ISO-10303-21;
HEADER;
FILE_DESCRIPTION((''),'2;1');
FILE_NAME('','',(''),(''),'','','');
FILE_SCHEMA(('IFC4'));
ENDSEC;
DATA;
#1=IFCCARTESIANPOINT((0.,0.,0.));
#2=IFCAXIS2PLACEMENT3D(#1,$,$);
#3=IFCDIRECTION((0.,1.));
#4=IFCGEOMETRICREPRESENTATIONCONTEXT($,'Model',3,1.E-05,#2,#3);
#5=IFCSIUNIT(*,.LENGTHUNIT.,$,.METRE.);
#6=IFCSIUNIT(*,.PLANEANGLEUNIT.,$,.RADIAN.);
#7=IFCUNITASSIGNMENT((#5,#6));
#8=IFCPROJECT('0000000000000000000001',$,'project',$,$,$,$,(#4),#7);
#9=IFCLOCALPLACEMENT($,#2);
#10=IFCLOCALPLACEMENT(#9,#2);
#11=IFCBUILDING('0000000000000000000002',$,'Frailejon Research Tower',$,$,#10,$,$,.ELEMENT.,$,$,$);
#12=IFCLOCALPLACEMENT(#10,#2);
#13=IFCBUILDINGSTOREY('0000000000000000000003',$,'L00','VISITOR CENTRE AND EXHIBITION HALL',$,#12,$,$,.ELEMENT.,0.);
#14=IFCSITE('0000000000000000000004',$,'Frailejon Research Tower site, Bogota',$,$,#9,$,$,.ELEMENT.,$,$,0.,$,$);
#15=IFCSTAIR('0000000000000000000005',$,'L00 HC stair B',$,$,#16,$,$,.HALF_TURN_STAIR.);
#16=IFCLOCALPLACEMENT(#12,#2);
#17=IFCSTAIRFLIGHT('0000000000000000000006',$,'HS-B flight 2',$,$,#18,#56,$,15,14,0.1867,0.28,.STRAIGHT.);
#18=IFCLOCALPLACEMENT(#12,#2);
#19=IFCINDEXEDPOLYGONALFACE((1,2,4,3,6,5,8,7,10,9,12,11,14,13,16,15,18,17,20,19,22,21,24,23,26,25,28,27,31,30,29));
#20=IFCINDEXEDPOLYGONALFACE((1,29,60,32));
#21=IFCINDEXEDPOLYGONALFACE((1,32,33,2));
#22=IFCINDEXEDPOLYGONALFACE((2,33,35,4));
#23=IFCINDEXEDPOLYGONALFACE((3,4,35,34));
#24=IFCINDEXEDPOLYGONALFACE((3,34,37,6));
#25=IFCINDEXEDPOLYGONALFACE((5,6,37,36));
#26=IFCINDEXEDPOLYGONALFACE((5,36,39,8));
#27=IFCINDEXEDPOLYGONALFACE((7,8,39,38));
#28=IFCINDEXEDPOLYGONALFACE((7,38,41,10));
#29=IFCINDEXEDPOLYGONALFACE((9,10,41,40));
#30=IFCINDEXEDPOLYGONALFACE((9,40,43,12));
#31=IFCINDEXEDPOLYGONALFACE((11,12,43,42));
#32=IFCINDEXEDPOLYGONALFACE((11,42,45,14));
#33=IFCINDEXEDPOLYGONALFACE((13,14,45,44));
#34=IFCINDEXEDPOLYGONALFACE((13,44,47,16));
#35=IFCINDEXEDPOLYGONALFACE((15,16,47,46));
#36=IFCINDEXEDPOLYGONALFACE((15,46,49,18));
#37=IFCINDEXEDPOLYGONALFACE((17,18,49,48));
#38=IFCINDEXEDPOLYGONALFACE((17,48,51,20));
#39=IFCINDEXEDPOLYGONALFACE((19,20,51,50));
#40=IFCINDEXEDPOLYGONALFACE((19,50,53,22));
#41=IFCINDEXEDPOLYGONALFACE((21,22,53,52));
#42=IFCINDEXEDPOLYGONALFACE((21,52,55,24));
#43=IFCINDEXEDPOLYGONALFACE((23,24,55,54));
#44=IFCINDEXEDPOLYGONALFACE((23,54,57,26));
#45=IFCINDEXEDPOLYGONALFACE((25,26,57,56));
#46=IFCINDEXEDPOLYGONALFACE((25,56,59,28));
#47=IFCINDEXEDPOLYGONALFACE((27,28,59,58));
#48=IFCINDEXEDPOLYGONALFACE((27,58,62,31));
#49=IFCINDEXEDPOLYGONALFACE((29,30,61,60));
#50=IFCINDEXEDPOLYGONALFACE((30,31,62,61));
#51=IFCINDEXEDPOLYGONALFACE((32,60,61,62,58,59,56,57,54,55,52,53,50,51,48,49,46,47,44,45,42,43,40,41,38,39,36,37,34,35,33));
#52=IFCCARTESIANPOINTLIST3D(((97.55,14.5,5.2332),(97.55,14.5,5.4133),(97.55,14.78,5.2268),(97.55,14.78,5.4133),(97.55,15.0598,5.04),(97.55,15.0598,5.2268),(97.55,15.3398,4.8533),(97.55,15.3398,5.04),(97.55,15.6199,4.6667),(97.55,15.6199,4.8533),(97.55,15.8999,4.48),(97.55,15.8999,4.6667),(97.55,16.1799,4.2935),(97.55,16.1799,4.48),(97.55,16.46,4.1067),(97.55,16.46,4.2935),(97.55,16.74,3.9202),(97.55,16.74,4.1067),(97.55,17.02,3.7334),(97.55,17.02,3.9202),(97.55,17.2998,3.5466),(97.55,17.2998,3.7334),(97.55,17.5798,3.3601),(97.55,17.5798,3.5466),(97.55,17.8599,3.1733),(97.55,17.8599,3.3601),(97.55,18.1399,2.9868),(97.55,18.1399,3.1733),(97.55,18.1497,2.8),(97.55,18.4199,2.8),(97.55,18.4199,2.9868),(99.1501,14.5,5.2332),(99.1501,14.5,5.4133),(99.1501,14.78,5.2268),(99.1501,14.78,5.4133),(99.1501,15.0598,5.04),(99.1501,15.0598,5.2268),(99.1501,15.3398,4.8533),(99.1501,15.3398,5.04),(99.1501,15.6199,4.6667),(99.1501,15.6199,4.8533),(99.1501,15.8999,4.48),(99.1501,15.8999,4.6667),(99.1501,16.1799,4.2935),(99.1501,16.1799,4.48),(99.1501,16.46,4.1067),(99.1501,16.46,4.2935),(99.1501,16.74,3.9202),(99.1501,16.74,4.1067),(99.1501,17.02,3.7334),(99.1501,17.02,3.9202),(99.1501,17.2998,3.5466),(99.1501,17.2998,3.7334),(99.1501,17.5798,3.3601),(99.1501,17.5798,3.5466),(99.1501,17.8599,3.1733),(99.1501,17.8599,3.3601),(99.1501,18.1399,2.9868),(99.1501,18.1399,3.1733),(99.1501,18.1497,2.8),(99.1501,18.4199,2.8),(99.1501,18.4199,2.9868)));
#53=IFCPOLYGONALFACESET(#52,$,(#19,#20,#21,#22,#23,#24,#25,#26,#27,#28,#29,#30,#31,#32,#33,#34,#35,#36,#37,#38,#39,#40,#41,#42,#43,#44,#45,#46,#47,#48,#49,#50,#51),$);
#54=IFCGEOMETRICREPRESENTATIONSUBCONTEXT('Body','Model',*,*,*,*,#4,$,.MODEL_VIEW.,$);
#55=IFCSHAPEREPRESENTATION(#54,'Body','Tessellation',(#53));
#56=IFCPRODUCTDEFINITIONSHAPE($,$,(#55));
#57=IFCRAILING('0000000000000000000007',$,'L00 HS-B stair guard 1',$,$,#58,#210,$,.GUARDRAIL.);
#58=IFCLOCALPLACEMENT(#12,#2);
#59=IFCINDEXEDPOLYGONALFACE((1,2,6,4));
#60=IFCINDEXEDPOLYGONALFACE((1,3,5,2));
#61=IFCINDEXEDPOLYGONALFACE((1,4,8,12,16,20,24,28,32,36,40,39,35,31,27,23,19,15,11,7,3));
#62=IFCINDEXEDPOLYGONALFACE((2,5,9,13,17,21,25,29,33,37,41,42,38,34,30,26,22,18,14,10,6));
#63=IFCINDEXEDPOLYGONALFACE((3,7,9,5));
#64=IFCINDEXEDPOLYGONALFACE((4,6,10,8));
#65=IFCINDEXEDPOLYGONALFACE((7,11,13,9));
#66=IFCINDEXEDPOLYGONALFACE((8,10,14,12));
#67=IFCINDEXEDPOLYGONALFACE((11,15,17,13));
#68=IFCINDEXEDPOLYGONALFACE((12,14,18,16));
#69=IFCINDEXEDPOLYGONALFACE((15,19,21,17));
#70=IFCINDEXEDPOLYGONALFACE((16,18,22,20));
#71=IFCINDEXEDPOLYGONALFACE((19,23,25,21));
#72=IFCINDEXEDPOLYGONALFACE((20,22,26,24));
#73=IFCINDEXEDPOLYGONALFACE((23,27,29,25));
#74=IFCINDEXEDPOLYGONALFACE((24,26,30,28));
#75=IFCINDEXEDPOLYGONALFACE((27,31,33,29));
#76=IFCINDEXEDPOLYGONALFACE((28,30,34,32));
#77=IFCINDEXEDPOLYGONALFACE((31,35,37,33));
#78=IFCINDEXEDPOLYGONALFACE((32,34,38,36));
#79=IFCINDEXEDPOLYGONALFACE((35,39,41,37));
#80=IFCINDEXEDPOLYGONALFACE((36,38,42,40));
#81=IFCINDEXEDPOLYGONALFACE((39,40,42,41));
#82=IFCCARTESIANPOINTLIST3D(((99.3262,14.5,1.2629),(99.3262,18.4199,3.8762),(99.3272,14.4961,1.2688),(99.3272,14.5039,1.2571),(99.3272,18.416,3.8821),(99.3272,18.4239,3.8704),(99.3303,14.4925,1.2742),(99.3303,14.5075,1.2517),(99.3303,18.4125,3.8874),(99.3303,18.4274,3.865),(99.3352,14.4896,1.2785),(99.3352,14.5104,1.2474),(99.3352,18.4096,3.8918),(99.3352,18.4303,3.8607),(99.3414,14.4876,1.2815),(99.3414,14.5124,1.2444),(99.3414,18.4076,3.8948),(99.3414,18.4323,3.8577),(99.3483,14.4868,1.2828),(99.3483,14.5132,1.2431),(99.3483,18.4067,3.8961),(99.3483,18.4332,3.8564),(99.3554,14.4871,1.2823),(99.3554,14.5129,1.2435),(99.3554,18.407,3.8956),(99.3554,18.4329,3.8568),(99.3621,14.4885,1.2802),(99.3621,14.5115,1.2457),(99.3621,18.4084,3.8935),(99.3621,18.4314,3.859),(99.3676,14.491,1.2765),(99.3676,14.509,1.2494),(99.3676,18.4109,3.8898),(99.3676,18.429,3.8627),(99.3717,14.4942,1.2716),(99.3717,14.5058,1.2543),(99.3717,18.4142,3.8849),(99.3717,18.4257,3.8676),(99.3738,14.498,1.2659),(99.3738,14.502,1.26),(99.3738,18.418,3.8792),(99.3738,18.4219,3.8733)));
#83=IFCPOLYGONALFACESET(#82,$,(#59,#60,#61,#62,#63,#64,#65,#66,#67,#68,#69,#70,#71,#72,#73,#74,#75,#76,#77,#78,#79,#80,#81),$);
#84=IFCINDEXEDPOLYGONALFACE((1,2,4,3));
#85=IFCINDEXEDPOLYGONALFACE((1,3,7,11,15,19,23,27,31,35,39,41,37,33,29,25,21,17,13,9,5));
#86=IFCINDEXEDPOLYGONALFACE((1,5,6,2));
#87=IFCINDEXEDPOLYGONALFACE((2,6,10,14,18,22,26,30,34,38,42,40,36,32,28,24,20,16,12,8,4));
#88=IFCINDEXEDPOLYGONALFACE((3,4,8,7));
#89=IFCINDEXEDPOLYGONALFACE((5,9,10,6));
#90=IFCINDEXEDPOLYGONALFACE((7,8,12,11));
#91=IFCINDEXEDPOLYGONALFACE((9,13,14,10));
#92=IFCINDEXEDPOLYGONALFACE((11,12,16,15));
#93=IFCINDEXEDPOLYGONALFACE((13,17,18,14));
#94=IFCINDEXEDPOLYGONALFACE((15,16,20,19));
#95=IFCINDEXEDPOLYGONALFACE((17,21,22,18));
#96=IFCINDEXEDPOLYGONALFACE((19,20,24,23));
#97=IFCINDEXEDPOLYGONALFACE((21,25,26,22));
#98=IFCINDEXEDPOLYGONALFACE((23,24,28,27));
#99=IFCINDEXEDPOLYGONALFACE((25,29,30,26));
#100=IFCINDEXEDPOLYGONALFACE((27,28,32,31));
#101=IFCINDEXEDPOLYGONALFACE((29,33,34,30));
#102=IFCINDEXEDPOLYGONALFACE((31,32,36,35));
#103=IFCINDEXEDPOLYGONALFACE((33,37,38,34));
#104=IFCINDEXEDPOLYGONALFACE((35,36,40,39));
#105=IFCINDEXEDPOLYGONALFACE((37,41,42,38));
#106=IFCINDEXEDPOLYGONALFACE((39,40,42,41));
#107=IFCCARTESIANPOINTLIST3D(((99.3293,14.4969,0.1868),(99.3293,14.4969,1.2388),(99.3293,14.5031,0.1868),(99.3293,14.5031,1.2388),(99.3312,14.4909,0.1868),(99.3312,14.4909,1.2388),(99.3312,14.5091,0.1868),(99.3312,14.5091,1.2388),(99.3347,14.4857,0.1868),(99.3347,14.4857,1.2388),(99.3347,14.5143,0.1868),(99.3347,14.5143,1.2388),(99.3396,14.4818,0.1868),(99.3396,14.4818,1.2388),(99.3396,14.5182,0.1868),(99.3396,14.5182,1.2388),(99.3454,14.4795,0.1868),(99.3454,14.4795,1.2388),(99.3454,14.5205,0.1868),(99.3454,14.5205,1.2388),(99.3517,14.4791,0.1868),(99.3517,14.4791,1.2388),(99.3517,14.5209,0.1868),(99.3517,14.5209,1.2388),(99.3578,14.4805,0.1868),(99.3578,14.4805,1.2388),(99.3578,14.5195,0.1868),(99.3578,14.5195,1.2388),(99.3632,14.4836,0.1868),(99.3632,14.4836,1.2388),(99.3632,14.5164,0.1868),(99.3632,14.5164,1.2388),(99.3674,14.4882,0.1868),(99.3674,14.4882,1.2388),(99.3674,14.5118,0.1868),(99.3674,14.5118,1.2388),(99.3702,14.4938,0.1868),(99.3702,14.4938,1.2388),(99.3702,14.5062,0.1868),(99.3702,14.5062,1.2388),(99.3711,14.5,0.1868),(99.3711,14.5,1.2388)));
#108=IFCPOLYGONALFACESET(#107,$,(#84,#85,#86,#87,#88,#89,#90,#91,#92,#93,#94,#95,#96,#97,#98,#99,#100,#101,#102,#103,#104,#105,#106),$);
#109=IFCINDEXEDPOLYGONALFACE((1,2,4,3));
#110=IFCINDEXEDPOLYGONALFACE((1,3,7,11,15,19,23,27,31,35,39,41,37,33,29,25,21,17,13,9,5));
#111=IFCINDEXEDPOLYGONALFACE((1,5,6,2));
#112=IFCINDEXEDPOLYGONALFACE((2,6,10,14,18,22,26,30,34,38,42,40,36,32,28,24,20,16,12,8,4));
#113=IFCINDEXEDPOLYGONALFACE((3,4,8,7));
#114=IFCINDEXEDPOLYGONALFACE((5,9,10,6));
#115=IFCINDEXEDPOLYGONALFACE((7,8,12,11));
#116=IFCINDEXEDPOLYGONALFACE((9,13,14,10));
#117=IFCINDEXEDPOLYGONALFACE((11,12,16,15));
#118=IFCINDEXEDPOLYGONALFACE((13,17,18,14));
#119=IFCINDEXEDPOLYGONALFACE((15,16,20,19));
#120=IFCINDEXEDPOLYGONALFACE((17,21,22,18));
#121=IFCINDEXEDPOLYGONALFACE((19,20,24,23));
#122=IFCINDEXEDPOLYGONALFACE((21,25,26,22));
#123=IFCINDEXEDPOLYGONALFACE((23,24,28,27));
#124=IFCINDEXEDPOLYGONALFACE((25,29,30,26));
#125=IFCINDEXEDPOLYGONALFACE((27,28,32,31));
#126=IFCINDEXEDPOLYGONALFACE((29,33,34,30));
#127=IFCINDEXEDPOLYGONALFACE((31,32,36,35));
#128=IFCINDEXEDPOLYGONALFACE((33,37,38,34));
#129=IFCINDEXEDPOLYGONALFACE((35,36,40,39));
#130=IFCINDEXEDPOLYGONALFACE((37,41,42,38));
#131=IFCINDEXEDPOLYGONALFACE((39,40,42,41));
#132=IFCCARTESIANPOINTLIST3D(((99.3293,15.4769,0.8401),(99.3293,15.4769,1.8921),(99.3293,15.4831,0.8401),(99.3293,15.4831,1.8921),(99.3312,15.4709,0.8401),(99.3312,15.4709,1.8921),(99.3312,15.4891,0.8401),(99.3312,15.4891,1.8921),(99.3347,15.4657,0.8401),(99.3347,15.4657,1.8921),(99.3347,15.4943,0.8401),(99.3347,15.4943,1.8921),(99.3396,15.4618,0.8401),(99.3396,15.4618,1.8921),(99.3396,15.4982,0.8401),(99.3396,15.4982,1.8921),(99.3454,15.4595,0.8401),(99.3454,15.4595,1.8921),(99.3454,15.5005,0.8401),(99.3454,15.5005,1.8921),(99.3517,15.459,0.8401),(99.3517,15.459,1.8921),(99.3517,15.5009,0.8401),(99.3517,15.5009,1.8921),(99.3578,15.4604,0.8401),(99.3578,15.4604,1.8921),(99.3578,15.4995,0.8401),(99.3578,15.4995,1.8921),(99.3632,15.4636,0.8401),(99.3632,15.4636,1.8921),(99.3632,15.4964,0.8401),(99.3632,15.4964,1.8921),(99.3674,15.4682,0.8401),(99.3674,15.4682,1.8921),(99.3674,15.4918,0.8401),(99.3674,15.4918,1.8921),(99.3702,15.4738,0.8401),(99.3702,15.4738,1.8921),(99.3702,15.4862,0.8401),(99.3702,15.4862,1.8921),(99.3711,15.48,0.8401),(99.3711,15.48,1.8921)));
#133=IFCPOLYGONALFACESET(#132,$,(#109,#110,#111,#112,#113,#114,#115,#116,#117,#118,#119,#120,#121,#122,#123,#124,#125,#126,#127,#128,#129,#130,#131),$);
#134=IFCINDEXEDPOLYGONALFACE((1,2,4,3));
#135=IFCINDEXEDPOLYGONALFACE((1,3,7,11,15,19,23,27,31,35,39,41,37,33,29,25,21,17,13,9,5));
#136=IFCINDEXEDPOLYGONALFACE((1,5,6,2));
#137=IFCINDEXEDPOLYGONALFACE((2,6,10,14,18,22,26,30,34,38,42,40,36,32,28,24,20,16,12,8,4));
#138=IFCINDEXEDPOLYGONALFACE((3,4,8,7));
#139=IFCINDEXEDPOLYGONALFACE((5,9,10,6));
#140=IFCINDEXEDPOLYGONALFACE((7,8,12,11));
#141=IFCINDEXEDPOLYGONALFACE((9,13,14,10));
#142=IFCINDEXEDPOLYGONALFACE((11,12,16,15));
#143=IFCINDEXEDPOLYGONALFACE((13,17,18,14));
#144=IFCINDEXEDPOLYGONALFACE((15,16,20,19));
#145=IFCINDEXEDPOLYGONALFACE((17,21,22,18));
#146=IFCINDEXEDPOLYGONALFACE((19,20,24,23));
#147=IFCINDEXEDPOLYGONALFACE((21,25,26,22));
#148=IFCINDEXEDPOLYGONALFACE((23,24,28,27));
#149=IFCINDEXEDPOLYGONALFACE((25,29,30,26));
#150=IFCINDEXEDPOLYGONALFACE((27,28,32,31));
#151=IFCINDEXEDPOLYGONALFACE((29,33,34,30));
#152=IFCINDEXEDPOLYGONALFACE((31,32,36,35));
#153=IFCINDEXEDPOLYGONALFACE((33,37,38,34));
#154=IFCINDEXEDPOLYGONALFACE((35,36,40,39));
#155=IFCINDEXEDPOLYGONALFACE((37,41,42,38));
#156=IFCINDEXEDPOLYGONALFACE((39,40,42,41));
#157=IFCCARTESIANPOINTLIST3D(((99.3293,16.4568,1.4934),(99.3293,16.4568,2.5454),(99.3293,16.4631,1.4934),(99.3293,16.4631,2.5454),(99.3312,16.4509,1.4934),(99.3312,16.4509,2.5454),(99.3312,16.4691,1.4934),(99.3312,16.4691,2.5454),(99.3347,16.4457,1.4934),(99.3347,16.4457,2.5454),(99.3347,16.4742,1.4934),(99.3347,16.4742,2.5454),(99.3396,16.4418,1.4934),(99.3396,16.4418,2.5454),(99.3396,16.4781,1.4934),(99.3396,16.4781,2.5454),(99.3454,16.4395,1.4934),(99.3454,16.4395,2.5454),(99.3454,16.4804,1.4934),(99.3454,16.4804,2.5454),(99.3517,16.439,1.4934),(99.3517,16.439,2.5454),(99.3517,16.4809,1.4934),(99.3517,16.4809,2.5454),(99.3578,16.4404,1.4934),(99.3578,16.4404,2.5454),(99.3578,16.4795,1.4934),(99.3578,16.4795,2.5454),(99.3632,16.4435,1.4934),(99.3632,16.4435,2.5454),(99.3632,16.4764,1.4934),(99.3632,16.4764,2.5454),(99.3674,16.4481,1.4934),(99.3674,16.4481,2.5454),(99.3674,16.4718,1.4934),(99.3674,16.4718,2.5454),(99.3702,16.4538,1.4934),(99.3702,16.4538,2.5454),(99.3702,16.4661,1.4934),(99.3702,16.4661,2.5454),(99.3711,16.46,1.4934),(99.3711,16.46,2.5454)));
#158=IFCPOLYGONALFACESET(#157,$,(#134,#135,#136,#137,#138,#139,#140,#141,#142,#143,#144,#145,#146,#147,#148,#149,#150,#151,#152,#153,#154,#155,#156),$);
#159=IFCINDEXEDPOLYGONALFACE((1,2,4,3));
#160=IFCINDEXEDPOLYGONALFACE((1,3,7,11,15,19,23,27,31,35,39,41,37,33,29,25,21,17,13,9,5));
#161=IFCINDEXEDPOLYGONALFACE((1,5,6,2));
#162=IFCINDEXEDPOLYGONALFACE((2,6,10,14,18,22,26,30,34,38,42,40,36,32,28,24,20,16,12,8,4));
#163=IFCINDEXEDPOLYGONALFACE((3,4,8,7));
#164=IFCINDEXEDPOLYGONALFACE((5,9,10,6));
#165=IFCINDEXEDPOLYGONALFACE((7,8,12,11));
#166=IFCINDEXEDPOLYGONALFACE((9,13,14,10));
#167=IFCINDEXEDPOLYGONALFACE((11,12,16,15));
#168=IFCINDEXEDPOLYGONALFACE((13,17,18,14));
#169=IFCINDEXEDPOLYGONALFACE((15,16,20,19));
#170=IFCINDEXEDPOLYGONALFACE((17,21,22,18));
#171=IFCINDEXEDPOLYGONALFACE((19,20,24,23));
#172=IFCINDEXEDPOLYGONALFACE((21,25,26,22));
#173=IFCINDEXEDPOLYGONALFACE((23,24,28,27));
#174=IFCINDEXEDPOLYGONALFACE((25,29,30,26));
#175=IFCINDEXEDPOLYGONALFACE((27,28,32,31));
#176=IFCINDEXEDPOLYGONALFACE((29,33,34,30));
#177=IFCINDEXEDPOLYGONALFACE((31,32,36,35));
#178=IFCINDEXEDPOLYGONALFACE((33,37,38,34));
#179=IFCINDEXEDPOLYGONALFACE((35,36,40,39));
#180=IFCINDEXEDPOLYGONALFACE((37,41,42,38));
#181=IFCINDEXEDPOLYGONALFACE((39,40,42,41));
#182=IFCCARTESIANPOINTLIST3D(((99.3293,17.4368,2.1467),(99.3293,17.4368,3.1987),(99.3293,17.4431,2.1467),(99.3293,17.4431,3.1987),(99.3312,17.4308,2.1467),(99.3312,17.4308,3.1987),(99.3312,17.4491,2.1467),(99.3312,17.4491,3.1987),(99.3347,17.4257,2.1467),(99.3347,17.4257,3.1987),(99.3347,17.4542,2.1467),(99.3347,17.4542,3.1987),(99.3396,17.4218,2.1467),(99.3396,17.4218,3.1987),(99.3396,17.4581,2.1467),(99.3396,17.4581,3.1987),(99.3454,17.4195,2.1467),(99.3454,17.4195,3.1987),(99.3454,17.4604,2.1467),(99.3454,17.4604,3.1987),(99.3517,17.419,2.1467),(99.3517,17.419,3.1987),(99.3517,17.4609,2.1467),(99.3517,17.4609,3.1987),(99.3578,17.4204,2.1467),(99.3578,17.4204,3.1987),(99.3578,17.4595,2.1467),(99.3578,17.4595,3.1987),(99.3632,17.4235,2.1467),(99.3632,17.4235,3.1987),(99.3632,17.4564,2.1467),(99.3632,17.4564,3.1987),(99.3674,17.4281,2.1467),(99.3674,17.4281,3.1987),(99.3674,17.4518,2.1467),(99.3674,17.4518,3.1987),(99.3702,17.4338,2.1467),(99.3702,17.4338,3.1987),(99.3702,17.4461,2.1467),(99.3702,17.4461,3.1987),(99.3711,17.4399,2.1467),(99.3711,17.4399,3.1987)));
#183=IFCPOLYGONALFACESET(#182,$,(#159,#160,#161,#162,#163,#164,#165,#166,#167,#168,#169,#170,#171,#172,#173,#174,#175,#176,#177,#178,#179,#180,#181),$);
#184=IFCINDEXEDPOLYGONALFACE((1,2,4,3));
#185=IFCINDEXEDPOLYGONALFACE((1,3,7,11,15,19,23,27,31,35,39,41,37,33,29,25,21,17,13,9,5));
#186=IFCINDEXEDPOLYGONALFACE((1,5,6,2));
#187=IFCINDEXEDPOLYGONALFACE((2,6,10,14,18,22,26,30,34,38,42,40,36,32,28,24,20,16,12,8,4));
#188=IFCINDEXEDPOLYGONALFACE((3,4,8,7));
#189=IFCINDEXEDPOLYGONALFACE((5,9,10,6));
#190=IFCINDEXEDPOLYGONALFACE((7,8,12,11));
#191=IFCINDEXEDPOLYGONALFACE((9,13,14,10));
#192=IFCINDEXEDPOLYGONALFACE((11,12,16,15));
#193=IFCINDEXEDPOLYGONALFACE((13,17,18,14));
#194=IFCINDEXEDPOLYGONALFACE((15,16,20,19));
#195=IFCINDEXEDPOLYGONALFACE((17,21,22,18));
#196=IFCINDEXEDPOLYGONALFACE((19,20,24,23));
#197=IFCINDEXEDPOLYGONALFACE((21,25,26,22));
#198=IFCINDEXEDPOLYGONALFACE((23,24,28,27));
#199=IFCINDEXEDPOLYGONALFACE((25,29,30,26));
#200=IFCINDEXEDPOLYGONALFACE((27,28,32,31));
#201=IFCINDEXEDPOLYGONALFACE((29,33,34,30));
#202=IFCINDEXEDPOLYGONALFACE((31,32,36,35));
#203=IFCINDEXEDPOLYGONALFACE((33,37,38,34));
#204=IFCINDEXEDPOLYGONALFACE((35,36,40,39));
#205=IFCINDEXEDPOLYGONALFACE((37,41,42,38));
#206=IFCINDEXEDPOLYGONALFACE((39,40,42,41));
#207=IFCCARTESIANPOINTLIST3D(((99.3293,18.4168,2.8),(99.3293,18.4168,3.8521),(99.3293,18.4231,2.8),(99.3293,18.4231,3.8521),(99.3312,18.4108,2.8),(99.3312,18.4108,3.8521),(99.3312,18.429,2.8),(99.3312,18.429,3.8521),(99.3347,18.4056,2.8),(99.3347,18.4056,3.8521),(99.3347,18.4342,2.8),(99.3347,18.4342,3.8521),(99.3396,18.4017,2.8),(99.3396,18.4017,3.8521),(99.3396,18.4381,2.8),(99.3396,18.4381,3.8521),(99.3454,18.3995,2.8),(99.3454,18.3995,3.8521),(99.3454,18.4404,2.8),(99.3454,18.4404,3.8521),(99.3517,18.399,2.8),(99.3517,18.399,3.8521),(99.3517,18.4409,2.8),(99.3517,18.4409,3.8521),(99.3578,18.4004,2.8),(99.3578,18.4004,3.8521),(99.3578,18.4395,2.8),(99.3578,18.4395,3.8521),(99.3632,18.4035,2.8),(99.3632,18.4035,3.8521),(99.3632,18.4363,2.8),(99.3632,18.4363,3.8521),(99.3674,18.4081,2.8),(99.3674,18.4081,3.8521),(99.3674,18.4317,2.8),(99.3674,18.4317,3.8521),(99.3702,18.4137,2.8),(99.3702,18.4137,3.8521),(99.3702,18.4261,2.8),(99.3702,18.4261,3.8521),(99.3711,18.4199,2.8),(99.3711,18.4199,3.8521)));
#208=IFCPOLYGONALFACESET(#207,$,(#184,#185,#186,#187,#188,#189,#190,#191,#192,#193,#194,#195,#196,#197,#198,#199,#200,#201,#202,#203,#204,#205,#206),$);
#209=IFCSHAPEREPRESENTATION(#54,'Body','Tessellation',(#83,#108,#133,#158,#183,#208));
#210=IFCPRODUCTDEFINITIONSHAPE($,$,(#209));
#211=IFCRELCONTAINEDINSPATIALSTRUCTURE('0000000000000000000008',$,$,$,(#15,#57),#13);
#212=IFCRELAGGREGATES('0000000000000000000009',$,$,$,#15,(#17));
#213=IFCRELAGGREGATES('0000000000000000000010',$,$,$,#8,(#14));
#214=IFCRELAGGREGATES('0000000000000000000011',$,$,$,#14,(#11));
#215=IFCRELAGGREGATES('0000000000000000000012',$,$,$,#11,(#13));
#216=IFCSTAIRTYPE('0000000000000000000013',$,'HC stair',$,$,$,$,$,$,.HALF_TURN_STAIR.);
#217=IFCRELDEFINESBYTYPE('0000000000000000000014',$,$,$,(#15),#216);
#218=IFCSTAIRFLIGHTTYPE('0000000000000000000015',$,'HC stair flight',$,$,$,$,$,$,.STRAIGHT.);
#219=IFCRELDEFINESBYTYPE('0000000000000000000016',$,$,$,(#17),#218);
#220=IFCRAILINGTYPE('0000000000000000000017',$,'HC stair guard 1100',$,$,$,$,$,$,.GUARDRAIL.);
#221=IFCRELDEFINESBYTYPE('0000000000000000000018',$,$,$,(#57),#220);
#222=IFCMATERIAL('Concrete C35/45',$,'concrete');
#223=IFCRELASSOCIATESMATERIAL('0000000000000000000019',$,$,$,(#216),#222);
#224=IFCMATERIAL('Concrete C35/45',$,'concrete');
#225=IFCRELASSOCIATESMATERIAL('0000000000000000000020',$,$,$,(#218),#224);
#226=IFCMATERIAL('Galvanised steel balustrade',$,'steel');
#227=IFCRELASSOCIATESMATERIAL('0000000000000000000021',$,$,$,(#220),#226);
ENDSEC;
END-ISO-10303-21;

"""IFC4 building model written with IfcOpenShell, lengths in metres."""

from ifc_helpers import new_model, si_unit, direction, frame, origin, origin_2d, place, context, subcontext, project, spatial, polyline, circle, outline, extrude, material, type_object, element, aggregate, save


model = new_model("IFC4")

# Units and contexts
model_context = context("Model", 3, precision=1e-05, world=origin(), true_north=direction((0.0, 1.0)))
body_context = subcontext(model_context, "Body", "Model", "MODEL_VIEW")
ifc_project = project(units=[si_unit("LENGTHUNIT", "METRE"), si_unit("PLANEANGLEUNIT", "RADIAN")], contexts=[model_context])

# Site, building, storey
site_placement = place(None, origin())
site = spatial("IfcSite", under=ifc_project, at=site_placement, Name="Frailejon Research Tower site, Bogota", CompositionType="ELEMENT", RefElevation=0.0)
building_placement = place(site_placement, origin())
building = spatial("IfcBuilding", under=site, at=building_placement, Name="Frailejon Research Tower", CompositionType="ELEMENT")
storey_placement = place(building_placement, origin())
storey = spatial("IfcBuildingStorey", under=building, at=storey_placement, Name="L00", Description="VISITOR CENTRE AND EXHIBITION HALL", CompositionType="ELEMENT", Elevation=0.0)

# Stair, stair flight
ifc_material_1 = material(Name="Concrete C35/45", Category="concrete")
stair_type = type_object("IfcStairType", Name="HC stair", PredefinedType="HALF_TURN_STAIR", material=ifc_material_1)
stair_placement = place(storey_placement, origin())
stair = element("IfcStair", 1, at=stair_placement, inside=storey, type_object=stair_type, Name="L00 HC stair B", PredefinedType="HALF_TURN_STAIR")
ifc_material_2 = material(Name="Concrete C35/45", Category="concrete")
stair_flight_type = type_object("IfcStairFlightType", Name="HC stair flight", PredefinedType="STRAIGHT", material=ifc_material_2)
stair_flight_1_placement = place(storey_placement, frame((98.3501, 18.4199, 2.8), z_axis=(0.0, 0.0, 1.0), x_axis=(0.0, -1.0, 0.0)))
stair_flight_1 = element("IfcStairFlight", 2, at=stair_flight_1_placement, type_object=stair_flight_type, Name="HS-B flight 2", NumberOfRisers=15, NumberOfTreads=14, PredefinedType="STRAIGHT", RiserHeight=0.1867, TreadLength=0.28, context=body_context, shape_type="SweptSolid", body=[
    extrude(outline(polyline([(0.0, 0.0), (0.0, 0.1868), (0.28, 0.1868), (0.28, 0.3733), (0.5601, 0.3733), (0.5601, 0.5601), (0.8401, 0.5601), (0.8401, 0.7466), (1.1201, 0.7466), (1.1201, 0.9333), (1.3999, 0.9333), (1.3999, 1.1201), (1.6799, 1.1201), (1.6799, 1.3066), (1.96, 1.3066), (1.96, 1.4934), (2.24, 1.4934), (2.24, 1.6799), (2.52, 1.6799), (2.52, 1.8667), (2.8, 1.8667), (2.8, 2.0532), (3.0801, 2.0532), (3.0801, 2.24), (3.3601, 2.24), (3.3601, 2.4268), (3.6399, 2.4268), (3.6399, 2.6133), (3.9199, 2.6133), (3.9199, 2.8), (3.9199, 2.4331), (0.2703, 0.0), (0.0, 0.0)])), frame((0.0, 0.8, 0.0), z_axis=(0.0, -1.0, 0.0), x_axis=(1.0, 0.0, 0.0)), (0.0, 0.0, 1.0), 1.6001),
])
aggregate(stair, [stair_flight_1])

# Railing
ifc_material_3 = material(Name="Galvanised steel balustrade", Category="steel")
railing_type_1 = type_object("IfcRailingType", Name="HC stair guard 1100", PredefinedType="GUARDRAIL", material=ifc_material_3)
railing_1_placement = place(storey_placement, frame((99.3501, 14.5, 0.1868)))
element("IfcRailing", 3, at=railing_1_placement, inside=storey, type_object=railing_type_1, Name="L00 HS-B stair guard 1", PredefinedType="GUARDRAIL", context=body_context, shape_type="SweptSolid", body=[
    extrude(circle(Radius=0.0239, at=origin_2d()), frame((0.0, 0.0, 1.0762), z_axis=(0.0, 0.83205, 0.5547), x_axis=(-1.0, 0.0, 0.0)), (0.0, 0.0, 1.0), 4.7112),
    extrude(circle(Radius=0.021, at=origin_2d()), origin(), (0.0, 0.0, 1.0), 1.052),
    extrude(circle(Radius=0.021, at=origin_2d()), frame((0.0, 0.98, 0.6533)), (0.0, 0.0, 1.0), 1.052),
    extrude(circle(Radius=0.021, at=origin_2d()), frame((0.0, 1.96, 1.3066)), (0.0, 0.0, 1.0), 1.052),
    extrude(circle(Radius=0.021, at=origin_2d()), frame((0.0, 2.9399, 1.96)), (0.0, 0.0, 1.0), 1.052),
    extrude(circle(Radius=0.021, at=origin_2d()), frame((0.0, 3.9199, 2.6133)), (0.0, 0.0, 1.0), 1.052),
])

save(model, "model.ifc")
